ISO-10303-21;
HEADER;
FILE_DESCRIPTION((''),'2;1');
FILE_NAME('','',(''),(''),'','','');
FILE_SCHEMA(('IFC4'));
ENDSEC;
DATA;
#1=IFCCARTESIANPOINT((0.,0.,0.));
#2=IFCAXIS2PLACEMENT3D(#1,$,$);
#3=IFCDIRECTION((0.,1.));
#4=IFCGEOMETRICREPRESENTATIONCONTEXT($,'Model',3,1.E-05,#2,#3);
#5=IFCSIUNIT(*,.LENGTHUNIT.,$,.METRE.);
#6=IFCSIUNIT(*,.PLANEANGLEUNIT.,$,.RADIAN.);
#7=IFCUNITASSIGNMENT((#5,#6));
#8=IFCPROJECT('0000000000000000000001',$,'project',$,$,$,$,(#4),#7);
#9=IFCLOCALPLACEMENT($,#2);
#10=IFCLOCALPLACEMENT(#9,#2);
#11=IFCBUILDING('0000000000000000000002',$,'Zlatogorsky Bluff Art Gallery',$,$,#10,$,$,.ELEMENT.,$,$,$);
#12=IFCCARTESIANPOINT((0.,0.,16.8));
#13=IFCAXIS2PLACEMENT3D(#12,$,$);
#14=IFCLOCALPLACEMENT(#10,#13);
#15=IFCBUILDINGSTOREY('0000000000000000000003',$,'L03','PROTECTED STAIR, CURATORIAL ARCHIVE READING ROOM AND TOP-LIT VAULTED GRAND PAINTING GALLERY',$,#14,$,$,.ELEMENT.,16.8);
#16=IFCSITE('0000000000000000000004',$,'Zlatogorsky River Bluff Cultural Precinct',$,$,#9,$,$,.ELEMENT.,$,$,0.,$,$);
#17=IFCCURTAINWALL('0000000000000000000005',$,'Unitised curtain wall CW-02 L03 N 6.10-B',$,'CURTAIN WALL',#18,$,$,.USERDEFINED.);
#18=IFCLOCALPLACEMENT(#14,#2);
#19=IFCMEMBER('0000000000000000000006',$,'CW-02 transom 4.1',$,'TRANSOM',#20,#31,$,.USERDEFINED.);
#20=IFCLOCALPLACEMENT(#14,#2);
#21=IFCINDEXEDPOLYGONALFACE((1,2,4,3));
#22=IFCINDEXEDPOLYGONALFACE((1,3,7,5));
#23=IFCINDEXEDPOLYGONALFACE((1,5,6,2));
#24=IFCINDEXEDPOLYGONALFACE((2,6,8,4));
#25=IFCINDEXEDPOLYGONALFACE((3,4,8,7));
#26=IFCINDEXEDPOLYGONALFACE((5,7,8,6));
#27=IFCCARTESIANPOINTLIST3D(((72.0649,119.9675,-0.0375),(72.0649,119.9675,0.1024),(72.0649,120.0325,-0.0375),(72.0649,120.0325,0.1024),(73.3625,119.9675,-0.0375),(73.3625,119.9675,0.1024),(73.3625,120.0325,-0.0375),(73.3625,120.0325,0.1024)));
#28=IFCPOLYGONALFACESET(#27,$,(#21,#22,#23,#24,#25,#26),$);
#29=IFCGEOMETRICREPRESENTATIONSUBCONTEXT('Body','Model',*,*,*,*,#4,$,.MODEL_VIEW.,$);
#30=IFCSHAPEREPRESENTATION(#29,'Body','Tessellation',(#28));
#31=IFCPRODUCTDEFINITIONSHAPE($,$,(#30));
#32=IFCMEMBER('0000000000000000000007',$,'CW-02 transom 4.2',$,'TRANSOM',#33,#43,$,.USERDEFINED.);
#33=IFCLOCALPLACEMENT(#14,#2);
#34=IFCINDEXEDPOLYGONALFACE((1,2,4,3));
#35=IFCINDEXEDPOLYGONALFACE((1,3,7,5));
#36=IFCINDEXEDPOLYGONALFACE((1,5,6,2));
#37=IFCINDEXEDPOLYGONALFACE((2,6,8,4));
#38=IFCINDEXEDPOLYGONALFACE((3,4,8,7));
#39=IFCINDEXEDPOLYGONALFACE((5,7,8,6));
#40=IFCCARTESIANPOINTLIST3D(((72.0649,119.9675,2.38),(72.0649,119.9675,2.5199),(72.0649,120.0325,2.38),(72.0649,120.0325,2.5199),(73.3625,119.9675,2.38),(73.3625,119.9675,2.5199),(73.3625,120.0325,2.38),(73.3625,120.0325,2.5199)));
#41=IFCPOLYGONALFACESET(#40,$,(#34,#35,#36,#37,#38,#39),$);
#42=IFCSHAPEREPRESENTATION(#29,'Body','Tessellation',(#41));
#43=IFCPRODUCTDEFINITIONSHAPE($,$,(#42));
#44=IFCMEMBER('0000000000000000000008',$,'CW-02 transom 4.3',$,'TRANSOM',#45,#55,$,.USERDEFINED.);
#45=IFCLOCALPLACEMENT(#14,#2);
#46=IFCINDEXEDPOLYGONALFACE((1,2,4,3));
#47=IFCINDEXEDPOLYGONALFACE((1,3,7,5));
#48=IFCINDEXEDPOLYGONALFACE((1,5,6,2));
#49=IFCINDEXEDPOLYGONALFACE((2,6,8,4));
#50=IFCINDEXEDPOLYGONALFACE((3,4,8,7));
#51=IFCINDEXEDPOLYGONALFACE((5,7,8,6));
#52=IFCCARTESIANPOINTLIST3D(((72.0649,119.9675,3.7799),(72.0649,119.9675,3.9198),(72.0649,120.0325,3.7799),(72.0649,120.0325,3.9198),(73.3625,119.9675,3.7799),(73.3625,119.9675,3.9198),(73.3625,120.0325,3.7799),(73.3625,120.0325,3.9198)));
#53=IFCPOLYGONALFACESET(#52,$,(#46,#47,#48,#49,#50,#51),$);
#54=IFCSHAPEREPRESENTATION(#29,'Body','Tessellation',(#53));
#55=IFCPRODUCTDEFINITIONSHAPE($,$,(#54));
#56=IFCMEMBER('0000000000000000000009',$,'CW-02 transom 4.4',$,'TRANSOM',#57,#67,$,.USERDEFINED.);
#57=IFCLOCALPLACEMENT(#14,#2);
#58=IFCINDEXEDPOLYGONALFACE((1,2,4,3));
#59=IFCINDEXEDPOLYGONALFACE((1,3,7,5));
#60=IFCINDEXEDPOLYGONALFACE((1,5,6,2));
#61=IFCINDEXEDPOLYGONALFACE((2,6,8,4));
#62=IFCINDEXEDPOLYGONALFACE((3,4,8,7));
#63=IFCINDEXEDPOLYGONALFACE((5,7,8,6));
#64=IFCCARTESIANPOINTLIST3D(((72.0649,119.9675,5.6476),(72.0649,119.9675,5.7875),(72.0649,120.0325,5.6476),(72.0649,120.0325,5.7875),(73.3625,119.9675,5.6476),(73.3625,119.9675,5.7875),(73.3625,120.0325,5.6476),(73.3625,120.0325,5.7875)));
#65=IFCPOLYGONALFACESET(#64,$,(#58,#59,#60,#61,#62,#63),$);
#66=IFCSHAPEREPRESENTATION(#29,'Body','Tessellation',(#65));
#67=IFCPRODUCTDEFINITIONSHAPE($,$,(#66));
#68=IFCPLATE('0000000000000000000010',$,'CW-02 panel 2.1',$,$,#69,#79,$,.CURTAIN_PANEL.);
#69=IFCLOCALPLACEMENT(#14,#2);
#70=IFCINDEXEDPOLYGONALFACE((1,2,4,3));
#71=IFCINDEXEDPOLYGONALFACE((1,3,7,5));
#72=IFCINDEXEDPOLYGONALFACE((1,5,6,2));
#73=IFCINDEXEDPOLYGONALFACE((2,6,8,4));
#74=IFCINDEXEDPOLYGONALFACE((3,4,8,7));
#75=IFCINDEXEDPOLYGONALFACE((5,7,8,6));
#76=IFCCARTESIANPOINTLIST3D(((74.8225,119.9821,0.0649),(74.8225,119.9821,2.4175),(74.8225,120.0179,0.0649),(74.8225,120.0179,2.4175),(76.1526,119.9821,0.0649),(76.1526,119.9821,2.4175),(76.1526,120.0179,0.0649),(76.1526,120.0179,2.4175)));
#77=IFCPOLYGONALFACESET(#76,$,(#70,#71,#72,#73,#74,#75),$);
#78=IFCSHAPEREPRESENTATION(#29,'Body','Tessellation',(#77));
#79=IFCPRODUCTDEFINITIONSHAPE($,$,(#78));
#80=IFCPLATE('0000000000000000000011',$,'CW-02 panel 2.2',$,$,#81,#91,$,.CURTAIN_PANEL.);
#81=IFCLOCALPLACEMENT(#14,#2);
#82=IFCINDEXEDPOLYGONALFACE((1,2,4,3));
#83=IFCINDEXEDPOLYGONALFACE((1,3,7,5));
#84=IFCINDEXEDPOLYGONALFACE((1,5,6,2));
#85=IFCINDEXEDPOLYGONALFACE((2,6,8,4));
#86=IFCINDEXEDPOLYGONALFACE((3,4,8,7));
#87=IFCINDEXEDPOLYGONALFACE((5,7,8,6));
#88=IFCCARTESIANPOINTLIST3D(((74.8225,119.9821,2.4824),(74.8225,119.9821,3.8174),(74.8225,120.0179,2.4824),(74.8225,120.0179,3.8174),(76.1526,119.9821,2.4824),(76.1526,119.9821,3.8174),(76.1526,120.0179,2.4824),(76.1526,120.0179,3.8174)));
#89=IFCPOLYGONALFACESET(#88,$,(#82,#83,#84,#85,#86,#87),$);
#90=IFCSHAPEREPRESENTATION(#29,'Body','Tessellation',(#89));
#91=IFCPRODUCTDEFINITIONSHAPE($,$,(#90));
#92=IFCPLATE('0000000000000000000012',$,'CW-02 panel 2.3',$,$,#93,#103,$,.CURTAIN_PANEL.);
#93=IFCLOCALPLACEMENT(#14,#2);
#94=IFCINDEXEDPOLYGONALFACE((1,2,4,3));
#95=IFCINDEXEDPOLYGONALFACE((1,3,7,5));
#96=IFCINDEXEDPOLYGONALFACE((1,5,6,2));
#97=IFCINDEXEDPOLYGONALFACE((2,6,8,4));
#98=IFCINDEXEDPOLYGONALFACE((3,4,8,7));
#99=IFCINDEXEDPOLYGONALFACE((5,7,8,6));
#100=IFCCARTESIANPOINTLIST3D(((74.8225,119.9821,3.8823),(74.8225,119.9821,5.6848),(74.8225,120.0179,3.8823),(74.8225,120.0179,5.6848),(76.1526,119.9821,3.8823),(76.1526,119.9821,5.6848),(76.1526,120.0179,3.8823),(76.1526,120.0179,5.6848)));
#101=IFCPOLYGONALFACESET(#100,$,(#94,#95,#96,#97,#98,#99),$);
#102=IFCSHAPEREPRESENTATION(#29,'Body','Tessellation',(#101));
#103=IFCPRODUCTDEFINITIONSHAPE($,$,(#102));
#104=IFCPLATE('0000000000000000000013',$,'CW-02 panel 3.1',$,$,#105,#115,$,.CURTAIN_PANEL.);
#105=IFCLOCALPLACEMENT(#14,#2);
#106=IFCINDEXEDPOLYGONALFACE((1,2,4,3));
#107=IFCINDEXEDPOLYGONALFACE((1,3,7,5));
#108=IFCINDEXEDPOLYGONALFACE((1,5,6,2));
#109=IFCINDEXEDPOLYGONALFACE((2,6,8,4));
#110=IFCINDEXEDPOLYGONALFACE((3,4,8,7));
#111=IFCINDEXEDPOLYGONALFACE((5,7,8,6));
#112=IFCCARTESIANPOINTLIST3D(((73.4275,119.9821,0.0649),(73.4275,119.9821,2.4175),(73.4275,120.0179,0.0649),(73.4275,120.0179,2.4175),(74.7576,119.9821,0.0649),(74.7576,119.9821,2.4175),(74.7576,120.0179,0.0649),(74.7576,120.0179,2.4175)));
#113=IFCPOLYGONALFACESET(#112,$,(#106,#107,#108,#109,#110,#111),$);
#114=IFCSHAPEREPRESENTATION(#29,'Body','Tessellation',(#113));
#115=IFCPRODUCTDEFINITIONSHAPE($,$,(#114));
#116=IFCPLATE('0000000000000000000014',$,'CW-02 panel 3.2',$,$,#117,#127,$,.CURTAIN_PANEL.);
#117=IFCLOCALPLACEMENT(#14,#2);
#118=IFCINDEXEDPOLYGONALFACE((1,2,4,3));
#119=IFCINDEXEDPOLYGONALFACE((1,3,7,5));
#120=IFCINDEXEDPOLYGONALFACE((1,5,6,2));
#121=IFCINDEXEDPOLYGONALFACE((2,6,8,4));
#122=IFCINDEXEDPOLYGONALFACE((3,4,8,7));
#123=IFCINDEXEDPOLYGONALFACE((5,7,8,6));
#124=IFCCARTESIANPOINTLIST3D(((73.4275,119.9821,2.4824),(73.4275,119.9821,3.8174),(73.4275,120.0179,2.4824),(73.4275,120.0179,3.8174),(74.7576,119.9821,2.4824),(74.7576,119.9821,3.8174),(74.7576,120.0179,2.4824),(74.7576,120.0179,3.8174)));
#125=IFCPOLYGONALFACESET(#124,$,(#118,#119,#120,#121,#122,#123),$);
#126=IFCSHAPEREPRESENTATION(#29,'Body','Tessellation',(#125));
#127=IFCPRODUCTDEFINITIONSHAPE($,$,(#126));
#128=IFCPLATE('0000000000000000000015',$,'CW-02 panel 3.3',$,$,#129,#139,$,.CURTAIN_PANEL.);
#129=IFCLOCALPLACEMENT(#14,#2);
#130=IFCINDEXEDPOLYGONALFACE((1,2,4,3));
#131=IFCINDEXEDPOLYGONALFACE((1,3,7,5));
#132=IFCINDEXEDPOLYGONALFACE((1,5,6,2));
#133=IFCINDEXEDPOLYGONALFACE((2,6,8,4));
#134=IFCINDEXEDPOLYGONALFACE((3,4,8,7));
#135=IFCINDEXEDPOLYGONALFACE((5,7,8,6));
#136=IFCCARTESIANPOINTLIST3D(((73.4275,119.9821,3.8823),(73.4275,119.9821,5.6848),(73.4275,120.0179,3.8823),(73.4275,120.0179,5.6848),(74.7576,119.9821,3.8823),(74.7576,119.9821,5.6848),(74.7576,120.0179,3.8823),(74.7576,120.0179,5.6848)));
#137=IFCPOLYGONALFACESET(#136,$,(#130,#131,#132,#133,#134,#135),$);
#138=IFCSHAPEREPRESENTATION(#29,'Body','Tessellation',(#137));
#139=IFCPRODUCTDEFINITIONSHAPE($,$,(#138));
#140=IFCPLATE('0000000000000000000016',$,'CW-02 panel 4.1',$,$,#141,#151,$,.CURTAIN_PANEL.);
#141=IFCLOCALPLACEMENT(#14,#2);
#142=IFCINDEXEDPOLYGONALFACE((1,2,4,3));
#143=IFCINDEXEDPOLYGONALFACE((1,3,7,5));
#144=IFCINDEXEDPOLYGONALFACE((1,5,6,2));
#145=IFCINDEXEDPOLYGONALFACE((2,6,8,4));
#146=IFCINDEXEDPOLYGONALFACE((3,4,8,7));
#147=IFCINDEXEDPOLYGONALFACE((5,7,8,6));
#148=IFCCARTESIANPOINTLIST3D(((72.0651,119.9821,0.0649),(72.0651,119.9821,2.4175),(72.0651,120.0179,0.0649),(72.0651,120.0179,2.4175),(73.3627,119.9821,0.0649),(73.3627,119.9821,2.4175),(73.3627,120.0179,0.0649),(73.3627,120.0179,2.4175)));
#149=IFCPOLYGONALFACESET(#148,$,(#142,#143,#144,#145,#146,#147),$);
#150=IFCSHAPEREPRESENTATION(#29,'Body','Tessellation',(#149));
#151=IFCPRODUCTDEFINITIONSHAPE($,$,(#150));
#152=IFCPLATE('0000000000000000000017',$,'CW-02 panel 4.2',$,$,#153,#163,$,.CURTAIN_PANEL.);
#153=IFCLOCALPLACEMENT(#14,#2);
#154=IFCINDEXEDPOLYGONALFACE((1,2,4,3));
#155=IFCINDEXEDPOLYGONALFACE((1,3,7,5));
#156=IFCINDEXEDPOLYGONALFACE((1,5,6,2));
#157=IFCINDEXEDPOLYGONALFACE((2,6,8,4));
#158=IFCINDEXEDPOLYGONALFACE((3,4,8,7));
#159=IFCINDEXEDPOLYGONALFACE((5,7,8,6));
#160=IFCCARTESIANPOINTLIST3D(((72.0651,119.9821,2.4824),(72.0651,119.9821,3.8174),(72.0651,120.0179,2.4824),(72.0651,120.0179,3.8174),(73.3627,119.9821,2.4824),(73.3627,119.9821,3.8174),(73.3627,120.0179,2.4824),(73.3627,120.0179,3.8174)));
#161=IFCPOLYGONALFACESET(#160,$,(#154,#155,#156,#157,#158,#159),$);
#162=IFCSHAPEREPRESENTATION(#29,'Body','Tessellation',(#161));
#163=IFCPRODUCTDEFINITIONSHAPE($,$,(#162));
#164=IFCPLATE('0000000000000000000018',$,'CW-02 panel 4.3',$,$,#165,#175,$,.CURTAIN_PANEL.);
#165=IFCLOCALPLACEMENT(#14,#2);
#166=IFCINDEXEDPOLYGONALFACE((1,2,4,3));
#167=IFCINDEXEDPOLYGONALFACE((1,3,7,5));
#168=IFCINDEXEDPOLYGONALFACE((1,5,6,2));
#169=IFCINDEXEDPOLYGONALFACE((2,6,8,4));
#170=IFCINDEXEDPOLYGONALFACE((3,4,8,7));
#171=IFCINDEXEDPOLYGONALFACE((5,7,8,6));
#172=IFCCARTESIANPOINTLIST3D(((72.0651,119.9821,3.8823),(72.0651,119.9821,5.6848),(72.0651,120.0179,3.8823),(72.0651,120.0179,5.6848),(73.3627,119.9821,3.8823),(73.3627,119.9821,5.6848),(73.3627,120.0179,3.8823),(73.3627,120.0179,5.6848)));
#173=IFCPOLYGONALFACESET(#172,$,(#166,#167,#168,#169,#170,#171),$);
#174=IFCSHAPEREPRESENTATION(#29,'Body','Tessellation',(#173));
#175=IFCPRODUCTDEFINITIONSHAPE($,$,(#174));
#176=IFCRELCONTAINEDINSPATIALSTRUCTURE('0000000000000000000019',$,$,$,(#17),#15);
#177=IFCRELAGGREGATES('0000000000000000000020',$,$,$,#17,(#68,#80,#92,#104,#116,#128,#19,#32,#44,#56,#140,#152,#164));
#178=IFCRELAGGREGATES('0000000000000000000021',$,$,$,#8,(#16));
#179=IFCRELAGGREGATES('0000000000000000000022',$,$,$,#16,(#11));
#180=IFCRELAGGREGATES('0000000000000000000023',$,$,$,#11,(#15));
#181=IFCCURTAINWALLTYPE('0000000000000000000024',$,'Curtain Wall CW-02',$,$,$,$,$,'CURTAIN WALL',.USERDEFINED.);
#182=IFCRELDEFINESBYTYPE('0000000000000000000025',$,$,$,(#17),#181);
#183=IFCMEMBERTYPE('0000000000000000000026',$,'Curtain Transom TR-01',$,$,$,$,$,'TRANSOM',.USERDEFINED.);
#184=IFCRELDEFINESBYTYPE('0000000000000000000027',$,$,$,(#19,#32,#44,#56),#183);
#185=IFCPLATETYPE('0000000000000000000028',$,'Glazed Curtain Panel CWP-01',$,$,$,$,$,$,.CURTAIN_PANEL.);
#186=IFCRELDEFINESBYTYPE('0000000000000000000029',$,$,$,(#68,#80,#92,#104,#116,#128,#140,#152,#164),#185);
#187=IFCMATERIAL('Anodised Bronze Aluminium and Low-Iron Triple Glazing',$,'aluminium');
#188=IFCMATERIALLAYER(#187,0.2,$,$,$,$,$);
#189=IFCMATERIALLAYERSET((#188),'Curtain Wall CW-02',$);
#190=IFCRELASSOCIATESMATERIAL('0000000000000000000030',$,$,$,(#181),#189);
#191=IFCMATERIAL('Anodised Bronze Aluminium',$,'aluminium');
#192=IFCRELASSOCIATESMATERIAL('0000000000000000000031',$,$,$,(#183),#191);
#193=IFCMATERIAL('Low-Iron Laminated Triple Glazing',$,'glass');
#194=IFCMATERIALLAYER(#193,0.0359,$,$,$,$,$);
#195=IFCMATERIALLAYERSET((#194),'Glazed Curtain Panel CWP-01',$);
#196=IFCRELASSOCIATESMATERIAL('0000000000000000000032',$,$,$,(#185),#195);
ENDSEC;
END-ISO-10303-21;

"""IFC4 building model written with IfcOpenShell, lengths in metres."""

from ifc_helpers import new_model, si_unit, direction, frame, origin, origin_2d, place, context, subcontext, project, spatial, rectangle, extrude, material, layer, layer_set, material_profile, profile_set, type_object, element, aggregate, save


model = new_model("IFC4")

# Units and contexts
model_context = context("Model", 3, precision=1e-05, world=origin(), true_north=direction((0.0, 1.0)))
body_context = subcontext(model_context, "Body", "Model", "MODEL_VIEW")
ifc_project = project(units=[si_unit("LENGTHUNIT", "METRE"), si_unit("PLANEANGLEUNIT", "RADIAN")], contexts=[model_context])

# Site, building, storey
site_placement = place(None, origin())
site = spatial("IfcSite", under=ifc_project, at=site_placement, Name="Zlatogorsky River Bluff Cultural Precinct", CompositionType="ELEMENT", RefElevation=0.0)
building_placement = place(site_placement, origin())
building = spatial("IfcBuilding", under=site, at=building_placement, Name="Zlatogorsky Bluff Art Gallery", CompositionType="ELEMENT")
storey_placement = place(building_placement, frame((0.0, 0.0, 16.8)))
storey = spatial("IfcBuildingStorey", under=building, at=storey_placement, Name="L03", Description="PROTECTED STAIR, CURATORIAL ARCHIVE READING ROOM AND TOP-LIT VAULTED GRAND PAINTING GALLERY", CompositionType="ELEMENT", Elevation=16.8)

# Curtain wall, members, plates
ifc_material_1 = material(Name="Anodised Bronze Aluminium and Low-Iron Triple Glazing", Category="aluminium")
ifc_layer_1 = layer(ifc_material_1, 0.2)
ifc_layer_set_1 = layer_set([ifc_layer_1], Name="Curtain Wall CW-02")
curtain_wall_type = type_object("IfcCurtainWallType", Name="Curtain Wall CW-02", ElementType="CURTAIN WALL", PredefinedType="USERDEFINED", material=ifc_layer_set_1)
curtain_wall_placement = place(storey_placement, origin())
curtain_wall = element("IfcCurtainWall", 1, at=curtain_wall_placement, inside=storey, type_object=curtain_wall_type, Name="Unitised curtain wall CW-02 L03 N 6.10-B", ObjectType="CURTAIN WALL", PredefinedType="USERDEFINED")
ifc_material_2 = material(Name="Anodised Bronze Aluminium", Category="aluminium")
ifc_material_profile_1 = material_profile(ifc_material_2, rectangle(XDim=0.0649, YDim=0.1399, at=origin_2d()), Name="ALU TRANSOM 65x140")
ifc_profile_set_1 = profile_set([ifc_material_profile_1], Name="Anodised Bronze Aluminium")
member_type_1 = type_object("IfcMemberType", Name="Curtain Transom TR-01", ElementType="TRANSOM", PredefinedType="USERDEFINED", material=ifc_profile_set_1)
member_1_placement = place(storey_placement, frame((73.3625, 120.0, 0.0325), z_axis=(-1.0, 0.0, 0.0), x_axis=(0.0, -1.0, 0.0)))
member_1 = element("IfcMember", 2, at=member_1_placement, type_object=member_type_1, Name="CW-02 transom 4.1", ObjectType="TRANSOM", PredefinedType="USERDEFINED", context=body_context, shape_type="SweptSolid", body=[
    extrude(rectangle(XDim=0.0649, YDim=0.1399, at=origin_2d()), origin(), (0.0, 0.0, 1.0), 1.2976),
])
member_2_placement = place(storey_placement, frame((73.3625, 120.0, 2.45), z_axis=(-1.0, 0.0, 0.0), x_axis=(0.0, -1.0, 0.0)))
member_2 = element("IfcMember", 3, at=member_2_placement, type_object=member_type_1, Name="CW-02 transom 4.2", ObjectType="TRANSOM", PredefinedType="USERDEFINED", context=body_context, shape_type="SweptSolid", body=[
    extrude(rectangle(XDim=0.0649, YDim=0.1399, at=origin_2d()), origin(), (0.0, 0.0, 1.0), 1.2976),
])
member_3_placement = place(storey_placement, frame((73.3625, 120.0, 3.8499), z_axis=(-1.0, 0.0, 0.0), x_axis=(0.0, -1.0, 0.0)))
member_3 = element("IfcMember", 4, at=member_3_placement, type_object=member_type_1, Name="CW-02 transom 4.3", ObjectType="TRANSOM", PredefinedType="USERDEFINED", context=body_context, shape_type="SweptSolid", body=[
    extrude(rectangle(XDim=0.0649, YDim=0.1399, at=origin_2d()), origin(), (0.0, 0.0, 1.0), 1.2976),
])
member_4_placement = place(storey_placement, frame((73.3625, 120.0, 5.7175), z_axis=(-1.0, 0.0, 0.0), x_axis=(0.0, -1.0, 0.0)))
member_4 = element("IfcMember", 5, at=member_4_placement, type_object=member_type_1, Name="CW-02 transom 4.4", ObjectType="TRANSOM", PredefinedType="USERDEFINED", context=body_context, shape_type="SweptSolid", body=[
    extrude(rectangle(XDim=0.0649, YDim=0.1399, at=origin_2d()), origin(), (0.0, 0.0, 1.0), 1.2976),
])
ifc_material_3 = material(Name="Low-Iron Laminated Triple Glazing", Category="glass")
ifc_layer_2 = layer(ifc_material_3, 0.0359)
ifc_layer_set_2 = layer_set([ifc_layer_2], Name="Glazed Curtain Panel CWP-01")
plate_type = type_object("IfcPlateType", Name="Glazed Curtain Panel CWP-01", PredefinedType="CURTAIN_PANEL", material=ifc_layer_set_2)
plate_1_placement = place(storey_placement, frame((75.4875, 120.0, 0.0649), z_axis=(0.0, 0.0, 1.0), x_axis=(-1.0, 0.0, 0.0)))
plate_1 = element("IfcPlate", 6, at=plate_1_placement, type_object=plate_type, Name="CW-02 panel 2.1", PredefinedType="CURTAIN_PANEL", context=body_context, shape_type="SweptSolid", body=[
    extrude(rectangle(XDim=1.3301, YDim=0.0359, at=origin_2d()), origin(), (0.0, 0.0, 1.0), 2.3525),
])
plate_2_placement = place(storey_placement, frame((75.4875, 120.0, 2.4824), z_axis=(0.0, 0.0, 1.0), x_axis=(-1.0, 0.0, 0.0)))
plate_2 = element("IfcPlate", 7, at=plate_2_placement, type_object=plate_type, Name="CW-02 panel 2.2", PredefinedType="CURTAIN_PANEL", context=body_context, shape_type="SweptSolid", body=[
    extrude(rectangle(XDim=1.3301, YDim=0.0359, at=origin_2d()), origin(), (0.0, 0.0, 1.0), 1.335),
])
plate_3_placement = place(storey_placement, frame((75.4875, 120.0, 3.8823), z_axis=(0.0, 0.0, 1.0), x_axis=(-1.0, 0.0, 0.0)))
plate_3 = element("IfcPlate", 8, at=plate_3_placement, type_object=plate_type, Name="CW-02 panel 2.3", PredefinedType="CURTAIN_PANEL", context=body_context, shape_type="SweptSolid", body=[
    extrude(rectangle(XDim=1.3301, YDim=0.0359, at=origin_2d()), origin(), (0.0, 0.0, 1.0), 1.8025),
])
plate_4_placement = place(storey_placement, frame((74.0925, 120.0, 0.0649), z_axis=(0.0, 0.0, 1.0), x_axis=(-1.0, 0.0, 0.0)))
plate_4 = element("IfcPlate", 9, at=plate_4_placement, type_object=plate_type, Name="CW-02 panel 3.1", PredefinedType="CURTAIN_PANEL", context=body_context, shape_type="SweptSolid", body=[
    extrude(rectangle(XDim=1.3301, YDim=0.0359, at=origin_2d()), origin(), (0.0, 0.0, 1.0), 2.3525),
])
plate_5_placement = place(storey_placement, frame((74.0925, 120.0, 2.4824), z_axis=(0.0, 0.0, 1.0), x_axis=(-1.0, 0.0, 0.0)))
plate_5 = element("IfcPlate", 10, at=plate_5_placement, type_object=plate_type, Name="CW-02 panel 3.2", PredefinedType="CURTAIN_PANEL", context=body_context, shape_type="SweptSolid", body=[
    extrude(rectangle(XDim=1.3301, YDim=0.0359, at=origin_2d()), origin(), (0.0, 0.0, 1.0), 1.335),
])
plate_6_placement = place(storey_placement, frame((74.0925, 120.0, 3.8823), z_axis=(0.0, 0.0, 1.0), x_axis=(-1.0, 0.0, 0.0)))
plate_6 = element("IfcPlate", 11, at=plate_6_placement, type_object=plate_type, Name="CW-02 panel 3.3", PredefinedType="CURTAIN_PANEL", context=body_context, shape_type="SweptSolid", body=[
    extrude(rectangle(XDim=1.3301, YDim=0.0359, at=origin_2d()), origin(), (0.0, 0.0, 1.0), 1.8025),
])
plate_7_placement = place(storey_placement, frame((72.7139, 120.0, 0.0649), z_axis=(0.0, 0.0, 1.0), x_axis=(-1.0, 0.0, 0.0)))
plate_7 = element("IfcPlate", 12, at=plate_7_placement, type_object=plate_type, Name="CW-02 panel 4.1", PredefinedType="CURTAIN_PANEL", context=body_context, shape_type="SweptSolid", body=[
    extrude(rectangle(XDim=1.2976, YDim=0.0359, at=origin_2d()), origin(), (0.0, 0.0, 1.0), 2.3525),
])
plate_8_placement = place(storey_placement, frame((72.7139, 120.0, 2.4824), z_axis=(0.0, 0.0, 1.0), x_axis=(-1.0, 0.0, 0.0)))
plate_8 = element("IfcPlate", 13, at=plate_8_placement, type_object=plate_type, Name="CW-02 panel 4.2", PredefinedType="CURTAIN_PANEL", context=body_context, shape_type="SweptSolid", body=[
    extrude(rectangle(XDim=1.2976, YDim=0.0359, at=origin_2d()), origin(), (0.0, 0.0, 1.0), 1.335),
])
plate_9_placement = place(storey_placement, frame((72.7139, 120.0, 3.8823), z_axis=(0.0, 0.0, 1.0), x_axis=(-1.0, 0.0, 0.0)))
plate_9 = element("IfcPlate", 14, at=plate_9_placement, type_object=plate_type, Name="CW-02 panel 4.3", PredefinedType="CURTAIN_PANEL", context=body_context, shape_type="SweptSolid", body=[
    extrude(rectangle(XDim=1.2976, YDim=0.0359, at=origin_2d()), origin(), (0.0, 0.0, 1.0), 1.8025),
])
aggregate(curtain_wall, [plate_1, plate_2, plate_3, plate_4, plate_5, plate_6, member_1, member_2, member_3, member_4, plate_7, plate_8, plate_9])

save(model, "model.ifc")
